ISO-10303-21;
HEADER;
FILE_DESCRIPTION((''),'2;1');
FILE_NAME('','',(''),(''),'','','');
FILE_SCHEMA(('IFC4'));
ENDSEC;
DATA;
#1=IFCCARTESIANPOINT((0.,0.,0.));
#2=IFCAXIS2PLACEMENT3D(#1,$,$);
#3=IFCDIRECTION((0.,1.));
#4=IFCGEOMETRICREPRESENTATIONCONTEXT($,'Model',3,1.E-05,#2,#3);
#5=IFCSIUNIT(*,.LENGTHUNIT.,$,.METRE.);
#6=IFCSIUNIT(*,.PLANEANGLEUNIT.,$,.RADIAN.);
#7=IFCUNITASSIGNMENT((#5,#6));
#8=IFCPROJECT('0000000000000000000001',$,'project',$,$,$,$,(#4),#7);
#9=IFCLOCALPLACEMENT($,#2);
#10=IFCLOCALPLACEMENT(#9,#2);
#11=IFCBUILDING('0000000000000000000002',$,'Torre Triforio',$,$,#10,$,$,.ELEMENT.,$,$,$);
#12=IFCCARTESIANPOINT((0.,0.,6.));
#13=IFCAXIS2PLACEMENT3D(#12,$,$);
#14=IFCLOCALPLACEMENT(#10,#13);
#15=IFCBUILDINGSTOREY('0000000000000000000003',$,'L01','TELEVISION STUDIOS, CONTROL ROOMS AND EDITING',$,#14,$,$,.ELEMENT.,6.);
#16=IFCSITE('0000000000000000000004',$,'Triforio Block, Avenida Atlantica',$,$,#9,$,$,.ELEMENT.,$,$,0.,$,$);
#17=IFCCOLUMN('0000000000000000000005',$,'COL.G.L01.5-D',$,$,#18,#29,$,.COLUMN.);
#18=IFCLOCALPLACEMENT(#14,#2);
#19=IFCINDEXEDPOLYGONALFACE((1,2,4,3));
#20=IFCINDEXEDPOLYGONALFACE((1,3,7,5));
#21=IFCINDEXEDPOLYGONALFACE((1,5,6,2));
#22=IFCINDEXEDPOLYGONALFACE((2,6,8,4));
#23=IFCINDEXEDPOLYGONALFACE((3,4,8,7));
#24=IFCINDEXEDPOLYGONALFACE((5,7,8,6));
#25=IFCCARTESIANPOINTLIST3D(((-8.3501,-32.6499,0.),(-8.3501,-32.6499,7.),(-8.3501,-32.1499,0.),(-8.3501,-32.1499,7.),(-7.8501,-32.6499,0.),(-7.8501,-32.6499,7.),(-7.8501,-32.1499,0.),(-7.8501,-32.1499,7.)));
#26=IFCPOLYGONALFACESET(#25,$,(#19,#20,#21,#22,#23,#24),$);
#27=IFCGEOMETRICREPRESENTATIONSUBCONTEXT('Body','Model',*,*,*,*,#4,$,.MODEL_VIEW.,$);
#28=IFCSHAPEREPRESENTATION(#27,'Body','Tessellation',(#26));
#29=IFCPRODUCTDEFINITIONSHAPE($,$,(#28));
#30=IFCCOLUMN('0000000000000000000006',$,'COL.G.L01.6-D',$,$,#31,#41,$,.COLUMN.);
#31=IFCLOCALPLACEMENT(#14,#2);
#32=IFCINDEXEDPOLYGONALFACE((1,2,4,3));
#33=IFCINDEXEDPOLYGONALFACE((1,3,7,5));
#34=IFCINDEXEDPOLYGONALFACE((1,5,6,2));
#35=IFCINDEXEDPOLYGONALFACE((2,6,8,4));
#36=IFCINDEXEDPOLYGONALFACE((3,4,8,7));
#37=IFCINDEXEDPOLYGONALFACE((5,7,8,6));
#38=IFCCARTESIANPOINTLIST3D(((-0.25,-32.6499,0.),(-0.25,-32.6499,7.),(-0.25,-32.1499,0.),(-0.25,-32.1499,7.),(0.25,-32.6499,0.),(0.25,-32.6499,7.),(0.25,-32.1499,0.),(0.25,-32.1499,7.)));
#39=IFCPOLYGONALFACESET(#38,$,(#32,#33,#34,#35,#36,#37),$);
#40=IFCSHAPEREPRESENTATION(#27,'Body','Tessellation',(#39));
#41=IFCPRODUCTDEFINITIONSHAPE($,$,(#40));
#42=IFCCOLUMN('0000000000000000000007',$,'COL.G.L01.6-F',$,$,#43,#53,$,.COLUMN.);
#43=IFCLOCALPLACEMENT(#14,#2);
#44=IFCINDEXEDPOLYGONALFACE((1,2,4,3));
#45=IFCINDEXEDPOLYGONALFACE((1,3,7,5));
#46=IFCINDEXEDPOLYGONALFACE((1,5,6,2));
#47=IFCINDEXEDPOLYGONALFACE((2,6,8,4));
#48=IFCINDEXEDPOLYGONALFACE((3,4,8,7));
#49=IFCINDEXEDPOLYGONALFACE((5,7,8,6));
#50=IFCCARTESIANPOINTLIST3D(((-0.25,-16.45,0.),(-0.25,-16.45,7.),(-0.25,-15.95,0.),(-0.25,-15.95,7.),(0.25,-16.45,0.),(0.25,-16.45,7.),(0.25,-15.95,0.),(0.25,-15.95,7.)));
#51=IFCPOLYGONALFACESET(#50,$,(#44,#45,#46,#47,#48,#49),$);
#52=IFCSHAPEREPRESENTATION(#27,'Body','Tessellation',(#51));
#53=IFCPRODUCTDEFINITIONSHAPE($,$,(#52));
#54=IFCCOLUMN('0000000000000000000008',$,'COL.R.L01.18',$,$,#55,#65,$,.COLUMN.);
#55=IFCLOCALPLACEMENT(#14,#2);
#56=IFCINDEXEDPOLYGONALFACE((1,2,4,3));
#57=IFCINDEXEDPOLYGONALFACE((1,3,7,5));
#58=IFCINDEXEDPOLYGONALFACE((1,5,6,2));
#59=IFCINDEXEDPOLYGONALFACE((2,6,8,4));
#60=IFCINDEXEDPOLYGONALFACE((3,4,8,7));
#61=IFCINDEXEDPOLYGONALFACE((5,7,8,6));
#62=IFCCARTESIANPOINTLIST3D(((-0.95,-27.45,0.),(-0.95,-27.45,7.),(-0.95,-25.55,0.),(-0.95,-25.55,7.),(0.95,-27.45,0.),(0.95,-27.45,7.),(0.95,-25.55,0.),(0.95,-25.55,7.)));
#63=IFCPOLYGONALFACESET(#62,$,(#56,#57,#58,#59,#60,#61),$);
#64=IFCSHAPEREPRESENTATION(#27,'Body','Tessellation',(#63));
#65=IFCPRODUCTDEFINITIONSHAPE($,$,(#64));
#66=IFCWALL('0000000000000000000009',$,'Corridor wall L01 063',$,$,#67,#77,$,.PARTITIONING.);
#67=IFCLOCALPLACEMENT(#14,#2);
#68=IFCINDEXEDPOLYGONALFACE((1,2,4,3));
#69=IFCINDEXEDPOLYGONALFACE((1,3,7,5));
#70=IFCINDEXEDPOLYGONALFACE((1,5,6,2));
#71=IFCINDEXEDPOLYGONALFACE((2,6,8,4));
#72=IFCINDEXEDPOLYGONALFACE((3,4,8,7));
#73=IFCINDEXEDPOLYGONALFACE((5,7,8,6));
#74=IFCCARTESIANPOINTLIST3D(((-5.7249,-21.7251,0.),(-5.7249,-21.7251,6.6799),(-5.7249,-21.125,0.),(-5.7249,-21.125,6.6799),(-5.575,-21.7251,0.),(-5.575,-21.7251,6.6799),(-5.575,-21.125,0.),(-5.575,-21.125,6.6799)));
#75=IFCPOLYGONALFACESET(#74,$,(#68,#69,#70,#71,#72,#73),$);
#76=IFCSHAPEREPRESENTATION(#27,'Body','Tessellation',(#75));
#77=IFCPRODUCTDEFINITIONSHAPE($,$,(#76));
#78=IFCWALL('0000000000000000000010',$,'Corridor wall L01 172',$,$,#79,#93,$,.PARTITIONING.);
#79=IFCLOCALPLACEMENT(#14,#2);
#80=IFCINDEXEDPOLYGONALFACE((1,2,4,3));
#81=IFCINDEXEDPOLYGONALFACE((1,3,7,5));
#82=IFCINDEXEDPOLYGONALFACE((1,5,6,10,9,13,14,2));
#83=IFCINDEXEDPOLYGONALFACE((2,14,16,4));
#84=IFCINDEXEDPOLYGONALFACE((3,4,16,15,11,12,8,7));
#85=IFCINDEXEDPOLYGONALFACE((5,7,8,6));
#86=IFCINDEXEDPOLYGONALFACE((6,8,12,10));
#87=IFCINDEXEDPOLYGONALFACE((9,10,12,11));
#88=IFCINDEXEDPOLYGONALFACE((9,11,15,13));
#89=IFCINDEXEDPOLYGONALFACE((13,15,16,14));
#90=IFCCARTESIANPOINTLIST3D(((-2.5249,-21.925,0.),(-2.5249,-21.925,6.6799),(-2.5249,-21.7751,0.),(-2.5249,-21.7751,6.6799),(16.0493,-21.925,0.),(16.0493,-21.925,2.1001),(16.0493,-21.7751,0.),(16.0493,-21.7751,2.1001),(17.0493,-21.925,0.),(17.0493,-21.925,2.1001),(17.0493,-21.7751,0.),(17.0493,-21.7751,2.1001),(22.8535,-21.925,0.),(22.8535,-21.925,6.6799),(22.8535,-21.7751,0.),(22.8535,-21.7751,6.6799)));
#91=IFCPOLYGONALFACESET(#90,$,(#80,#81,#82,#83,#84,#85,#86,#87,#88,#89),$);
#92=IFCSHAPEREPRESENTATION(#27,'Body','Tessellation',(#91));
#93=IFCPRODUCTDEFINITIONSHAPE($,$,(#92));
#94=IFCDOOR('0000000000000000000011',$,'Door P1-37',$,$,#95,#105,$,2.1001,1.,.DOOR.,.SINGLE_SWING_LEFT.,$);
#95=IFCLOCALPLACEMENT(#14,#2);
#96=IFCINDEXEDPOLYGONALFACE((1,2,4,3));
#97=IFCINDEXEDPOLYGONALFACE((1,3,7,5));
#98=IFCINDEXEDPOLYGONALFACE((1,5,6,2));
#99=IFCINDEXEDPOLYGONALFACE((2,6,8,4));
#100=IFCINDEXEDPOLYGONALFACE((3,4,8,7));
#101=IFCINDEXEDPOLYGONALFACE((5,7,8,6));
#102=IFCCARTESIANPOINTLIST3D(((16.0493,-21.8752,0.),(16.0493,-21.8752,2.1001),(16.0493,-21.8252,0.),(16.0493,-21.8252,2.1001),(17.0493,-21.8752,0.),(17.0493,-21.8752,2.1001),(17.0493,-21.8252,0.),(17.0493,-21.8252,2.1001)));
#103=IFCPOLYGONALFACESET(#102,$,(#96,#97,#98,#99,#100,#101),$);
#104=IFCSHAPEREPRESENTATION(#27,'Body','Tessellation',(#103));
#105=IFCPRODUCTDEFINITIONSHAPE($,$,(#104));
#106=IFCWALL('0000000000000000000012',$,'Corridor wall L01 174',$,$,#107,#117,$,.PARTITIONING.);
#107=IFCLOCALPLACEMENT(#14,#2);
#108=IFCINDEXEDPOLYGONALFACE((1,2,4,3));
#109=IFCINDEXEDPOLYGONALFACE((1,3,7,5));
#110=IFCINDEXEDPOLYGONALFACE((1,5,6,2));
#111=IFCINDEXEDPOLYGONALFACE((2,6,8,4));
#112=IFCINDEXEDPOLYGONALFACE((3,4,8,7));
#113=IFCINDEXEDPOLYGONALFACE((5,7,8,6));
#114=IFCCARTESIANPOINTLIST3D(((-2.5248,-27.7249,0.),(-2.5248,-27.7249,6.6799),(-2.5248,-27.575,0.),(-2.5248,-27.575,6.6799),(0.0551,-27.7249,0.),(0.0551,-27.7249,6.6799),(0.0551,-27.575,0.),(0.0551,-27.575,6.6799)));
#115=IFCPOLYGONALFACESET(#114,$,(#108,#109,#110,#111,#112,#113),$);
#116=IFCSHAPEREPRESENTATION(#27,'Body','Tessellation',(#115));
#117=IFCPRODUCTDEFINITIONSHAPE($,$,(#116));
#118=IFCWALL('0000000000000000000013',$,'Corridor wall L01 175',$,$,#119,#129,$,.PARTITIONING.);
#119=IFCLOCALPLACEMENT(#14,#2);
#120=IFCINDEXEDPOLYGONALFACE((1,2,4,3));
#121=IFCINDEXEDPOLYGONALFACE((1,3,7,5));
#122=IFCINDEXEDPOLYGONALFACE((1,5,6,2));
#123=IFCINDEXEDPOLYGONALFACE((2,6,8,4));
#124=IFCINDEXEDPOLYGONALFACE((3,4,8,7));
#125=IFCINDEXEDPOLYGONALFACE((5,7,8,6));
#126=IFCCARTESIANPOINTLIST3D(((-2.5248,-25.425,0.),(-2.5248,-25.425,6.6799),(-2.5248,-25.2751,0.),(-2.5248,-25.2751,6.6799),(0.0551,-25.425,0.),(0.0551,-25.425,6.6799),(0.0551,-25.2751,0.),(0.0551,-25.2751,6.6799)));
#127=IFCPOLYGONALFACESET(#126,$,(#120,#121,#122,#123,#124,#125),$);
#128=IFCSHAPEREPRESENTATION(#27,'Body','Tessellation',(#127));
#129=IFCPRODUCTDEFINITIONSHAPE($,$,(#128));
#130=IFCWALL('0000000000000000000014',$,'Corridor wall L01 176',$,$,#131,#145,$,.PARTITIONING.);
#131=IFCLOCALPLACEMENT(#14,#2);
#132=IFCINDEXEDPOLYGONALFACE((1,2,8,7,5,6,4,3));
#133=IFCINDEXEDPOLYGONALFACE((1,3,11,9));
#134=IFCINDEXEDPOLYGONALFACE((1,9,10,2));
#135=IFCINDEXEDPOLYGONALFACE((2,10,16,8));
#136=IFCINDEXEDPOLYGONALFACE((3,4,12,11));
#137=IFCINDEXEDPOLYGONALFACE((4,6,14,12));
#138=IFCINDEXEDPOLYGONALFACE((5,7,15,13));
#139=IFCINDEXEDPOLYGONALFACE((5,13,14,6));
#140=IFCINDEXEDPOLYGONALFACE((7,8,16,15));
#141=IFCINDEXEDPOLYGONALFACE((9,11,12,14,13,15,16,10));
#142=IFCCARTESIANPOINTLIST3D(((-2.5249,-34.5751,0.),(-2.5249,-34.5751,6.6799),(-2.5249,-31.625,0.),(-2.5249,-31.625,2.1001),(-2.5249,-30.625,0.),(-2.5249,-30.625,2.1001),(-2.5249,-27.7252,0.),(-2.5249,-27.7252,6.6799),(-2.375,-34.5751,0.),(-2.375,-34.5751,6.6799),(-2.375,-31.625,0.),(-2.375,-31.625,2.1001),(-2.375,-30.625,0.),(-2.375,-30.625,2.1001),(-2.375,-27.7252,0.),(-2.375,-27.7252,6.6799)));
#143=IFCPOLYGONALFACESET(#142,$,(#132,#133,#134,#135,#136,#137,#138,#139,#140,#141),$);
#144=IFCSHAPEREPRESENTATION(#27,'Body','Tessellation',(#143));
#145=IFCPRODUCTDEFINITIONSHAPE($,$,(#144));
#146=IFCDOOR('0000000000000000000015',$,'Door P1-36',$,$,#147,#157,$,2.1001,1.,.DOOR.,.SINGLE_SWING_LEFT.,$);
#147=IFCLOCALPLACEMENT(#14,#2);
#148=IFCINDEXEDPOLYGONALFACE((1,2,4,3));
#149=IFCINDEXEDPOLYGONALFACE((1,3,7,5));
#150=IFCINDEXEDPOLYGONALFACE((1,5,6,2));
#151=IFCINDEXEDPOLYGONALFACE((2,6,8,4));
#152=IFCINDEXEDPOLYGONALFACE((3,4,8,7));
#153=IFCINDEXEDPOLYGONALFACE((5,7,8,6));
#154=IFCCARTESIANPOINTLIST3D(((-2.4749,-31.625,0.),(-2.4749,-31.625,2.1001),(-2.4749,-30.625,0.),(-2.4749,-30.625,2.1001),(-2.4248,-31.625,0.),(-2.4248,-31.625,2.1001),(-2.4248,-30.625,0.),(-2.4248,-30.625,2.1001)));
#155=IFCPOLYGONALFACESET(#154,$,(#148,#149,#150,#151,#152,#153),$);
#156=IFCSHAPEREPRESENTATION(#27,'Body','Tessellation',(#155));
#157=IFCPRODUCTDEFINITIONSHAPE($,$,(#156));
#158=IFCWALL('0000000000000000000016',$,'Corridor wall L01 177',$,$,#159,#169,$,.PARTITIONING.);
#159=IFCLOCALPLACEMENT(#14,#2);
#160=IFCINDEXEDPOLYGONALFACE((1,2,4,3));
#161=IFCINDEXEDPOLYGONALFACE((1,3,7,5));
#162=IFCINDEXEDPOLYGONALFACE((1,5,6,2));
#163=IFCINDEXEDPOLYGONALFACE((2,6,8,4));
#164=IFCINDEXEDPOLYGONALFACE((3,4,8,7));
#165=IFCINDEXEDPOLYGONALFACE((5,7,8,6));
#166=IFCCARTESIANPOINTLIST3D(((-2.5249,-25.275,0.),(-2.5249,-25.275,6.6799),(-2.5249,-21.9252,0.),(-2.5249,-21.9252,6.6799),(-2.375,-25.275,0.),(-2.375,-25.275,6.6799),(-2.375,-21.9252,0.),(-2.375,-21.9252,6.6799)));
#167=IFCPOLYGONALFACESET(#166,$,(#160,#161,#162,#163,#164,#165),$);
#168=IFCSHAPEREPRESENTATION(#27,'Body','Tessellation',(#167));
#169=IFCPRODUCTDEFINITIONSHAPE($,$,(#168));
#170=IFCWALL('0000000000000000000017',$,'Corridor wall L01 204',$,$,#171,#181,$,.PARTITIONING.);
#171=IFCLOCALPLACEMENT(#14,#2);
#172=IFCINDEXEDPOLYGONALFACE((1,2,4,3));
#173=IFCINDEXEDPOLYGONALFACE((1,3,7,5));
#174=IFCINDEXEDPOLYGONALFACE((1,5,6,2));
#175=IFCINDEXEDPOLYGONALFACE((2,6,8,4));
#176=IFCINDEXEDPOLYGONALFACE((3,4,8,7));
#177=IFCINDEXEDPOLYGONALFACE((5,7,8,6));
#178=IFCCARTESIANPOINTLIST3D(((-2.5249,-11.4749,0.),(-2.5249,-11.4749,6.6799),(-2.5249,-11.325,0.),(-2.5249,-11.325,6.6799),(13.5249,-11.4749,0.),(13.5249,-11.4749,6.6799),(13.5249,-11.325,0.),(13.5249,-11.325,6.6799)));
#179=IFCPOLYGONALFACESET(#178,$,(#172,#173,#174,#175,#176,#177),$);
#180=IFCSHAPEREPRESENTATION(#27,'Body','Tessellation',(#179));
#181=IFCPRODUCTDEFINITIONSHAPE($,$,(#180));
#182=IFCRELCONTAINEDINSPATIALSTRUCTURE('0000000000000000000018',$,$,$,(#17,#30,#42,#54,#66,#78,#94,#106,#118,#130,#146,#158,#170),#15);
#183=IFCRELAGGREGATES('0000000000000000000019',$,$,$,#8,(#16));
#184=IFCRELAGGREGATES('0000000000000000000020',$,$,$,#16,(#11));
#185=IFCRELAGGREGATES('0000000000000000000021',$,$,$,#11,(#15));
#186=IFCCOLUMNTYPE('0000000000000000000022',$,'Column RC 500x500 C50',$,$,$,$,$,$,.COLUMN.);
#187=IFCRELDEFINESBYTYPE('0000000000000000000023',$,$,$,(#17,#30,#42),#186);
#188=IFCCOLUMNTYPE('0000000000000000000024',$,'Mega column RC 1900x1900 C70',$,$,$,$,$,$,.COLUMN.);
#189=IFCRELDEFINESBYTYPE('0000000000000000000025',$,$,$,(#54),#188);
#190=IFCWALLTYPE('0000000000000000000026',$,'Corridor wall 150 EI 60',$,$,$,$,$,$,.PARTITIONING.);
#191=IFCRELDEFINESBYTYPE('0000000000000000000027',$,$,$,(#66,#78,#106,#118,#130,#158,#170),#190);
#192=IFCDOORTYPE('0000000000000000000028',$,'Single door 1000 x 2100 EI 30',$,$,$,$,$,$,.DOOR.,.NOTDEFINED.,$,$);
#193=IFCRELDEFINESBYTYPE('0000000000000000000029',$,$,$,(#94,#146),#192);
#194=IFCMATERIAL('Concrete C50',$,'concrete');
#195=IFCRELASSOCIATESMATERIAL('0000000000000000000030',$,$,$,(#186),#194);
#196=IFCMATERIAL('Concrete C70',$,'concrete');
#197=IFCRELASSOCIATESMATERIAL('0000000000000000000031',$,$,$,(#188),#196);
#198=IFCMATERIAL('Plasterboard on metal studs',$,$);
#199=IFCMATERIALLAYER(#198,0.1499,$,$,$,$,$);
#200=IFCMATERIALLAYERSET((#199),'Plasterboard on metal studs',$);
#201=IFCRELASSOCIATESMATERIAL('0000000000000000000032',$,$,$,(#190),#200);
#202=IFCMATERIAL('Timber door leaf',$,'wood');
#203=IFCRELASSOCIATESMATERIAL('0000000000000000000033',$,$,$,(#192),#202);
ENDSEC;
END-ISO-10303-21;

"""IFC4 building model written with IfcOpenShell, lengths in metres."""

from ifc_helpers import new_model, si_unit, direction, frame, frame_2d, origin, origin_2d, place, context, subcontext, project, spatial, rectangle, extrude, material, layer, layer_set, material_profile, profile_set, type_object, element, fill, save


model = new_model("IFC4")

# Units and contexts
model_context = context("Model", 3, precision=1e-05, world=origin(), true_north=direction((0.0, 1.0)))
body_context = subcontext(model_context, "Body", "Model", "MODEL_VIEW")
ifc_project = project(units=[si_unit("LENGTHUNIT", "METRE"), si_unit("PLANEANGLEUNIT", "RADIAN")], contexts=[model_context])

# Site, building, storey
site_placement = place(None, origin())
site = spatial("IfcSite", under=ifc_project, at=site_placement, Name="Triforio Block, Avenida Atlantica", CompositionType="ELEMENT", RefElevation=0.0)
building_placement = place(site_placement, origin())
building = spatial("IfcBuilding", under=site, at=building_placement, Name="Torre Triforio", CompositionType="ELEMENT")
storey_placement = place(building_placement, frame((0.0, 0.0, 6.0)))
storey = spatial("IfcBuildingStorey", under=building, at=storey_placement, Name="L01", Description="TELEVISION STUDIOS, CONTROL ROOMS AND EDITING", CompositionType="ELEMENT", Elevation=6.0)

# Columns
ifc_material_1 = material(Name="Concrete C50", Category="concrete")
ifc_material_profile_1 = material_profile(ifc_material_1, rectangle(XDim=0.5, YDim=0.5, at=origin_2d()), Name="RC 500x500")
ifc_profile_set_1 = profile_set([ifc_material_profile_1], Name="Concrete C50")
column_type_1 = type_object("IfcColumnType", Name="Column RC 500x500 C50", PredefinedType="COLUMN", material=ifc_profile_set_1)
for number, where, z_axis, x_axis, name in (
    (1, (-8.1001, -32.3999, 0.0), (0.0, 0.0, 1.0), (1.0, 0.0, 0.0), "COL.G.L01.5-D"),
    (2, (0.0, -32.3999, 0.0), (0.0, 0.0, 1.0), (1.0, 0.0, 0.0), "COL.G.L01.6-D"),
    (3, (0.0, -16.2, 0.0), (0.0, 0.0, 1.0), (1.0, 0.0, 0.0), "COL.G.L01.6-F"),
):
    element("IfcColumn", number, at=place(storey_placement, frame(where, z_axis=z_axis, x_axis=x_axis)), inside=storey, type_object=column_type_1, Name=name, PredefinedType="COLUMN", context=body_context, shape_type="SweptSolid", body=[
        extrude(rectangle(XDim=0.5, YDim=0.5, at=origin_2d()), origin(), (0.0, 0.0, 1.0), 7.0),
    ])
ifc_material_2 = material(Name="Concrete C70", Category="concrete")
ifc_material_profile_2 = material_profile(ifc_material_2, rectangle(XDim=1.8999, YDim=1.8999, at=origin_2d()), Name="RC 1900x1900")
ifc_profile_set_2 = profile_set([ifc_material_profile_2], Name="Concrete C70")
column_type_2 = type_object("IfcColumnType", Name="Mega column RC 1900x1900 C70", PredefinedType="COLUMN", material=ifc_profile_set_2)
column_placement = place(storey_placement, frame((0.0, -26.5, 0.0), z_axis=(0.0, 0.0, 1.0), x_axis=(1.0, 0.0, 0.0)))
element("IfcColumn", 4, at=column_placement, inside=storey, type_object=column_type_2, Name="COL.R.L01.18", PredefinedType="COLUMN", context=body_context, shape_type="SweptSolid", body=[
    extrude(rectangle(XDim=1.8999, YDim=1.8999, at=origin_2d()), origin(), (0.0, 0.0, 1.0), 7.0),
])

# Wall
ifc_material_3 = material(Name="Plasterboard on metal studs")
ifc_layer_1 = layer(ifc_material_3, 0.1499)
ifc_layer_set_1 = layer_set([ifc_layer_1], Name="Plasterboard on metal studs")
wall_type_1 = type_object("IfcWallType", Name="Corridor wall 150 EI 60", PredefinedType="PARTITIONING", material=ifc_layer_set_1)
wall_1_placement = place(storey_placement, frame((-5.6499, -21.7251, 0.0), z_axis=(0.0, 0.0, 1.0), x_axis=(0.0, 1.0, 0.0)))
element("IfcWall", 5, at=wall_1_placement, inside=storey, type_object=wall_type_1, Name="Corridor wall L01 063", PredefinedType="PARTITIONING", context=body_context, shape_type="SweptSolid", body=[
    extrude(rectangle(XDim=0.6001, YDim=0.1499, at=frame_2d((0.3, 0.0))), origin(), (0.0, 0.0, 1.0), 6.6799),
])

# Wall, opening, door
wall_2_placement = place(storey_placement, frame((-2.5249, -21.8501, 0.0), z_axis=(0.0, 0.0, 1.0), x_axis=(1.0, 0.0, 0.0)))
wall_2 = element("IfcWall", 6, at=wall_2_placement, inside=storey, type_object=wall_type_1, Name="Corridor wall L01 172", PredefinedType="PARTITIONING", context=body_context, shape_type="SweptSolid", body=[
    extrude(rectangle(XDim=25.3784, YDim=0.1499, at=frame_2d((12.6892, 0.0))), origin(), (0.0, 0.0, 1.0), 6.6799),
])
opening_1_placement = place(wall_2_placement, frame((18.5742, 0.0, 0.0)))
opening_1 = element("IfcOpeningElement", 7, at=opening_1_placement, cuts=wall_2, PredefinedType="OPENING", context=body_context, shape_type="SweptSolid", body=[
    extrude(rectangle(XDim=1.0, YDim=2.1001, at=frame_2d((0.5, 1.05))), frame((0.0, 0.085, 0.0), z_axis=(0.0, -1.0, 0.0), x_axis=(1.0, 0.0, 0.0)), (0.0, 0.0, 1.0), 0.1699),
])
ifc_material_4 = material(Name="Timber door leaf", Category="wood")
door_type_1 = type_object("IfcDoorType", Name="Single door 1000 x 2100 EI 30", OperationType="NOTDEFINED", PredefinedType="DOOR", material=ifc_material_4)
door_1_placement = place(opening_1_placement, origin())
door_1 = element("IfcDoor", 8, at=door_1_placement, inside=storey, type_object=door_type_1, Name="Door P1-37", OperationType="SINGLE_SWING_LEFT", OverallHeight=2.1001, OverallWidth=1.0, PredefinedType="DOOR", context=body_context, shape_type="SweptSolid", body=[
    extrude(rectangle(XDim=1.0, YDim=2.1001, at=frame_2d((0.5, 1.05))), frame((0.0, 0.0249, 0.0), z_axis=(0.0, -1.0, 0.0), x_axis=(1.0, 0.0, 0.0)), (0.0, 0.0, 1.0), 0.05),
])
fill(opening_1, door_1)

# Walls
for number, where, z_axis, x_axis, name in (
    (9, (-2.5249, -27.6499, 0.0), (0.0, 0.0, 1.0), (1.0, 0.0, 0.0), "Corridor wall L01 174"),
    (10, (-2.5249, -25.3501, 0.0), (0.0, 0.0, 1.0), (1.0, 0.0, 0.0), "Corridor wall L01 175"),
):
    element("IfcWall", number, at=place(storey_placement, frame(where, z_axis=z_axis, x_axis=x_axis)), inside=storey, type_object=wall_type_1, Name=name, PredefinedType="PARTITIONING", context=body_context, shape_type="SweptSolid", body=[
        extrude(rectangle(XDim=2.5798, YDim=0.1499, at=frame_2d((1.29, 0.0))), origin(), (0.0, 0.0, 1.0), 6.6799),
    ])

# Wall, opening, door
wall_3_placement = place(storey_placement, frame((-2.45, -34.575, 0.0), z_axis=(0.0, 0.0, 1.0), x_axis=(0.0, 1.0, 0.0)))
wall_3 = element("IfcWall", 11, at=wall_3_placement, inside=storey, type_object=wall_type_1, Name="Corridor wall L01 176", PredefinedType="PARTITIONING", context=body_context, shape_type="SweptSolid", body=[
    extrude(rectangle(XDim=6.8499, YDim=0.1499, at=frame_2d((3.4248, 0.0))), origin(), (0.0, 0.0, 1.0), 6.6799),
])
opening_2_placement = place(wall_3_placement, frame((2.95, 0.0, 0.0)))
opening_2 = element("IfcOpeningElement", 12, at=opening_2_placement, cuts=wall_3, PredefinedType="OPENING", context=body_context, shape_type="SweptSolid", body=[
    extrude(rectangle(XDim=1.0, YDim=2.1001, at=frame_2d((0.5, 1.05))), frame((0.0, 0.085, 0.0), z_axis=(0.0, -1.0, 0.0), x_axis=(1.0, 0.0, 0.0)), (0.0, 0.0, 1.0), 0.1699),
])
door_2_placement = place(opening_2_placement, origin())
door_2 = element("IfcDoor", 13, at=door_2_placement, inside=storey, type_object=door_type_1, Name="Door P1-36", OperationType="SINGLE_SWING_LEFT", OverallHeight=2.1001, OverallWidth=1.0, PredefinedType="DOOR", context=body_context, shape_type="SweptSolid", body=[
    extrude(rectangle(XDim=1.0, YDim=2.1001, at=frame_2d((0.5, 1.05))), frame((0.0, 0.0249, 0.0), z_axis=(0.0, -1.0, 0.0), x_axis=(1.0, 0.0, 0.0)), (0.0, 0.0, 1.0), 0.05),
])
fill(opening_2, door_2)

# Walls
wall_4_placement = place(storey_placement, frame((-2.45, -25.2749, 0.0), z_axis=(0.0, 0.0, 1.0), x_axis=(0.0, 1.0, 0.0)))
element("IfcWall", 14, at=wall_4_placement, inside=storey, type_object=wall_type_1, Name="Corridor wall L01 177", PredefinedType="PARTITIONING", context=body_context, shape_type="SweptSolid", body=[
    extrude(rectangle(XDim=3.3499, YDim=0.1499, at=frame_2d((1.6748, 0.0))), origin(), (0.0, 0.0, 1.0), 6.6799),
])
wall_5_placement = place(storey_placement, frame((-2.5249, -11.3999, 0.0), z_axis=(0.0, 0.0, 1.0), x_axis=(1.0, 0.0, 0.0)))
element("IfcWall", 15, at=wall_5_placement, inside=storey, type_object=wall_type_1, Name="Corridor wall L01 204", PredefinedType="PARTITIONING", context=body_context, shape_type="SweptSolid", body=[
    extrude(rectangle(XDim=16.0498, YDim=0.1499, at=frame_2d((8.0249, 0.0))), origin(), (0.0, 0.0, 1.0), 6.6799),
])

save(model, "model.ifc")
